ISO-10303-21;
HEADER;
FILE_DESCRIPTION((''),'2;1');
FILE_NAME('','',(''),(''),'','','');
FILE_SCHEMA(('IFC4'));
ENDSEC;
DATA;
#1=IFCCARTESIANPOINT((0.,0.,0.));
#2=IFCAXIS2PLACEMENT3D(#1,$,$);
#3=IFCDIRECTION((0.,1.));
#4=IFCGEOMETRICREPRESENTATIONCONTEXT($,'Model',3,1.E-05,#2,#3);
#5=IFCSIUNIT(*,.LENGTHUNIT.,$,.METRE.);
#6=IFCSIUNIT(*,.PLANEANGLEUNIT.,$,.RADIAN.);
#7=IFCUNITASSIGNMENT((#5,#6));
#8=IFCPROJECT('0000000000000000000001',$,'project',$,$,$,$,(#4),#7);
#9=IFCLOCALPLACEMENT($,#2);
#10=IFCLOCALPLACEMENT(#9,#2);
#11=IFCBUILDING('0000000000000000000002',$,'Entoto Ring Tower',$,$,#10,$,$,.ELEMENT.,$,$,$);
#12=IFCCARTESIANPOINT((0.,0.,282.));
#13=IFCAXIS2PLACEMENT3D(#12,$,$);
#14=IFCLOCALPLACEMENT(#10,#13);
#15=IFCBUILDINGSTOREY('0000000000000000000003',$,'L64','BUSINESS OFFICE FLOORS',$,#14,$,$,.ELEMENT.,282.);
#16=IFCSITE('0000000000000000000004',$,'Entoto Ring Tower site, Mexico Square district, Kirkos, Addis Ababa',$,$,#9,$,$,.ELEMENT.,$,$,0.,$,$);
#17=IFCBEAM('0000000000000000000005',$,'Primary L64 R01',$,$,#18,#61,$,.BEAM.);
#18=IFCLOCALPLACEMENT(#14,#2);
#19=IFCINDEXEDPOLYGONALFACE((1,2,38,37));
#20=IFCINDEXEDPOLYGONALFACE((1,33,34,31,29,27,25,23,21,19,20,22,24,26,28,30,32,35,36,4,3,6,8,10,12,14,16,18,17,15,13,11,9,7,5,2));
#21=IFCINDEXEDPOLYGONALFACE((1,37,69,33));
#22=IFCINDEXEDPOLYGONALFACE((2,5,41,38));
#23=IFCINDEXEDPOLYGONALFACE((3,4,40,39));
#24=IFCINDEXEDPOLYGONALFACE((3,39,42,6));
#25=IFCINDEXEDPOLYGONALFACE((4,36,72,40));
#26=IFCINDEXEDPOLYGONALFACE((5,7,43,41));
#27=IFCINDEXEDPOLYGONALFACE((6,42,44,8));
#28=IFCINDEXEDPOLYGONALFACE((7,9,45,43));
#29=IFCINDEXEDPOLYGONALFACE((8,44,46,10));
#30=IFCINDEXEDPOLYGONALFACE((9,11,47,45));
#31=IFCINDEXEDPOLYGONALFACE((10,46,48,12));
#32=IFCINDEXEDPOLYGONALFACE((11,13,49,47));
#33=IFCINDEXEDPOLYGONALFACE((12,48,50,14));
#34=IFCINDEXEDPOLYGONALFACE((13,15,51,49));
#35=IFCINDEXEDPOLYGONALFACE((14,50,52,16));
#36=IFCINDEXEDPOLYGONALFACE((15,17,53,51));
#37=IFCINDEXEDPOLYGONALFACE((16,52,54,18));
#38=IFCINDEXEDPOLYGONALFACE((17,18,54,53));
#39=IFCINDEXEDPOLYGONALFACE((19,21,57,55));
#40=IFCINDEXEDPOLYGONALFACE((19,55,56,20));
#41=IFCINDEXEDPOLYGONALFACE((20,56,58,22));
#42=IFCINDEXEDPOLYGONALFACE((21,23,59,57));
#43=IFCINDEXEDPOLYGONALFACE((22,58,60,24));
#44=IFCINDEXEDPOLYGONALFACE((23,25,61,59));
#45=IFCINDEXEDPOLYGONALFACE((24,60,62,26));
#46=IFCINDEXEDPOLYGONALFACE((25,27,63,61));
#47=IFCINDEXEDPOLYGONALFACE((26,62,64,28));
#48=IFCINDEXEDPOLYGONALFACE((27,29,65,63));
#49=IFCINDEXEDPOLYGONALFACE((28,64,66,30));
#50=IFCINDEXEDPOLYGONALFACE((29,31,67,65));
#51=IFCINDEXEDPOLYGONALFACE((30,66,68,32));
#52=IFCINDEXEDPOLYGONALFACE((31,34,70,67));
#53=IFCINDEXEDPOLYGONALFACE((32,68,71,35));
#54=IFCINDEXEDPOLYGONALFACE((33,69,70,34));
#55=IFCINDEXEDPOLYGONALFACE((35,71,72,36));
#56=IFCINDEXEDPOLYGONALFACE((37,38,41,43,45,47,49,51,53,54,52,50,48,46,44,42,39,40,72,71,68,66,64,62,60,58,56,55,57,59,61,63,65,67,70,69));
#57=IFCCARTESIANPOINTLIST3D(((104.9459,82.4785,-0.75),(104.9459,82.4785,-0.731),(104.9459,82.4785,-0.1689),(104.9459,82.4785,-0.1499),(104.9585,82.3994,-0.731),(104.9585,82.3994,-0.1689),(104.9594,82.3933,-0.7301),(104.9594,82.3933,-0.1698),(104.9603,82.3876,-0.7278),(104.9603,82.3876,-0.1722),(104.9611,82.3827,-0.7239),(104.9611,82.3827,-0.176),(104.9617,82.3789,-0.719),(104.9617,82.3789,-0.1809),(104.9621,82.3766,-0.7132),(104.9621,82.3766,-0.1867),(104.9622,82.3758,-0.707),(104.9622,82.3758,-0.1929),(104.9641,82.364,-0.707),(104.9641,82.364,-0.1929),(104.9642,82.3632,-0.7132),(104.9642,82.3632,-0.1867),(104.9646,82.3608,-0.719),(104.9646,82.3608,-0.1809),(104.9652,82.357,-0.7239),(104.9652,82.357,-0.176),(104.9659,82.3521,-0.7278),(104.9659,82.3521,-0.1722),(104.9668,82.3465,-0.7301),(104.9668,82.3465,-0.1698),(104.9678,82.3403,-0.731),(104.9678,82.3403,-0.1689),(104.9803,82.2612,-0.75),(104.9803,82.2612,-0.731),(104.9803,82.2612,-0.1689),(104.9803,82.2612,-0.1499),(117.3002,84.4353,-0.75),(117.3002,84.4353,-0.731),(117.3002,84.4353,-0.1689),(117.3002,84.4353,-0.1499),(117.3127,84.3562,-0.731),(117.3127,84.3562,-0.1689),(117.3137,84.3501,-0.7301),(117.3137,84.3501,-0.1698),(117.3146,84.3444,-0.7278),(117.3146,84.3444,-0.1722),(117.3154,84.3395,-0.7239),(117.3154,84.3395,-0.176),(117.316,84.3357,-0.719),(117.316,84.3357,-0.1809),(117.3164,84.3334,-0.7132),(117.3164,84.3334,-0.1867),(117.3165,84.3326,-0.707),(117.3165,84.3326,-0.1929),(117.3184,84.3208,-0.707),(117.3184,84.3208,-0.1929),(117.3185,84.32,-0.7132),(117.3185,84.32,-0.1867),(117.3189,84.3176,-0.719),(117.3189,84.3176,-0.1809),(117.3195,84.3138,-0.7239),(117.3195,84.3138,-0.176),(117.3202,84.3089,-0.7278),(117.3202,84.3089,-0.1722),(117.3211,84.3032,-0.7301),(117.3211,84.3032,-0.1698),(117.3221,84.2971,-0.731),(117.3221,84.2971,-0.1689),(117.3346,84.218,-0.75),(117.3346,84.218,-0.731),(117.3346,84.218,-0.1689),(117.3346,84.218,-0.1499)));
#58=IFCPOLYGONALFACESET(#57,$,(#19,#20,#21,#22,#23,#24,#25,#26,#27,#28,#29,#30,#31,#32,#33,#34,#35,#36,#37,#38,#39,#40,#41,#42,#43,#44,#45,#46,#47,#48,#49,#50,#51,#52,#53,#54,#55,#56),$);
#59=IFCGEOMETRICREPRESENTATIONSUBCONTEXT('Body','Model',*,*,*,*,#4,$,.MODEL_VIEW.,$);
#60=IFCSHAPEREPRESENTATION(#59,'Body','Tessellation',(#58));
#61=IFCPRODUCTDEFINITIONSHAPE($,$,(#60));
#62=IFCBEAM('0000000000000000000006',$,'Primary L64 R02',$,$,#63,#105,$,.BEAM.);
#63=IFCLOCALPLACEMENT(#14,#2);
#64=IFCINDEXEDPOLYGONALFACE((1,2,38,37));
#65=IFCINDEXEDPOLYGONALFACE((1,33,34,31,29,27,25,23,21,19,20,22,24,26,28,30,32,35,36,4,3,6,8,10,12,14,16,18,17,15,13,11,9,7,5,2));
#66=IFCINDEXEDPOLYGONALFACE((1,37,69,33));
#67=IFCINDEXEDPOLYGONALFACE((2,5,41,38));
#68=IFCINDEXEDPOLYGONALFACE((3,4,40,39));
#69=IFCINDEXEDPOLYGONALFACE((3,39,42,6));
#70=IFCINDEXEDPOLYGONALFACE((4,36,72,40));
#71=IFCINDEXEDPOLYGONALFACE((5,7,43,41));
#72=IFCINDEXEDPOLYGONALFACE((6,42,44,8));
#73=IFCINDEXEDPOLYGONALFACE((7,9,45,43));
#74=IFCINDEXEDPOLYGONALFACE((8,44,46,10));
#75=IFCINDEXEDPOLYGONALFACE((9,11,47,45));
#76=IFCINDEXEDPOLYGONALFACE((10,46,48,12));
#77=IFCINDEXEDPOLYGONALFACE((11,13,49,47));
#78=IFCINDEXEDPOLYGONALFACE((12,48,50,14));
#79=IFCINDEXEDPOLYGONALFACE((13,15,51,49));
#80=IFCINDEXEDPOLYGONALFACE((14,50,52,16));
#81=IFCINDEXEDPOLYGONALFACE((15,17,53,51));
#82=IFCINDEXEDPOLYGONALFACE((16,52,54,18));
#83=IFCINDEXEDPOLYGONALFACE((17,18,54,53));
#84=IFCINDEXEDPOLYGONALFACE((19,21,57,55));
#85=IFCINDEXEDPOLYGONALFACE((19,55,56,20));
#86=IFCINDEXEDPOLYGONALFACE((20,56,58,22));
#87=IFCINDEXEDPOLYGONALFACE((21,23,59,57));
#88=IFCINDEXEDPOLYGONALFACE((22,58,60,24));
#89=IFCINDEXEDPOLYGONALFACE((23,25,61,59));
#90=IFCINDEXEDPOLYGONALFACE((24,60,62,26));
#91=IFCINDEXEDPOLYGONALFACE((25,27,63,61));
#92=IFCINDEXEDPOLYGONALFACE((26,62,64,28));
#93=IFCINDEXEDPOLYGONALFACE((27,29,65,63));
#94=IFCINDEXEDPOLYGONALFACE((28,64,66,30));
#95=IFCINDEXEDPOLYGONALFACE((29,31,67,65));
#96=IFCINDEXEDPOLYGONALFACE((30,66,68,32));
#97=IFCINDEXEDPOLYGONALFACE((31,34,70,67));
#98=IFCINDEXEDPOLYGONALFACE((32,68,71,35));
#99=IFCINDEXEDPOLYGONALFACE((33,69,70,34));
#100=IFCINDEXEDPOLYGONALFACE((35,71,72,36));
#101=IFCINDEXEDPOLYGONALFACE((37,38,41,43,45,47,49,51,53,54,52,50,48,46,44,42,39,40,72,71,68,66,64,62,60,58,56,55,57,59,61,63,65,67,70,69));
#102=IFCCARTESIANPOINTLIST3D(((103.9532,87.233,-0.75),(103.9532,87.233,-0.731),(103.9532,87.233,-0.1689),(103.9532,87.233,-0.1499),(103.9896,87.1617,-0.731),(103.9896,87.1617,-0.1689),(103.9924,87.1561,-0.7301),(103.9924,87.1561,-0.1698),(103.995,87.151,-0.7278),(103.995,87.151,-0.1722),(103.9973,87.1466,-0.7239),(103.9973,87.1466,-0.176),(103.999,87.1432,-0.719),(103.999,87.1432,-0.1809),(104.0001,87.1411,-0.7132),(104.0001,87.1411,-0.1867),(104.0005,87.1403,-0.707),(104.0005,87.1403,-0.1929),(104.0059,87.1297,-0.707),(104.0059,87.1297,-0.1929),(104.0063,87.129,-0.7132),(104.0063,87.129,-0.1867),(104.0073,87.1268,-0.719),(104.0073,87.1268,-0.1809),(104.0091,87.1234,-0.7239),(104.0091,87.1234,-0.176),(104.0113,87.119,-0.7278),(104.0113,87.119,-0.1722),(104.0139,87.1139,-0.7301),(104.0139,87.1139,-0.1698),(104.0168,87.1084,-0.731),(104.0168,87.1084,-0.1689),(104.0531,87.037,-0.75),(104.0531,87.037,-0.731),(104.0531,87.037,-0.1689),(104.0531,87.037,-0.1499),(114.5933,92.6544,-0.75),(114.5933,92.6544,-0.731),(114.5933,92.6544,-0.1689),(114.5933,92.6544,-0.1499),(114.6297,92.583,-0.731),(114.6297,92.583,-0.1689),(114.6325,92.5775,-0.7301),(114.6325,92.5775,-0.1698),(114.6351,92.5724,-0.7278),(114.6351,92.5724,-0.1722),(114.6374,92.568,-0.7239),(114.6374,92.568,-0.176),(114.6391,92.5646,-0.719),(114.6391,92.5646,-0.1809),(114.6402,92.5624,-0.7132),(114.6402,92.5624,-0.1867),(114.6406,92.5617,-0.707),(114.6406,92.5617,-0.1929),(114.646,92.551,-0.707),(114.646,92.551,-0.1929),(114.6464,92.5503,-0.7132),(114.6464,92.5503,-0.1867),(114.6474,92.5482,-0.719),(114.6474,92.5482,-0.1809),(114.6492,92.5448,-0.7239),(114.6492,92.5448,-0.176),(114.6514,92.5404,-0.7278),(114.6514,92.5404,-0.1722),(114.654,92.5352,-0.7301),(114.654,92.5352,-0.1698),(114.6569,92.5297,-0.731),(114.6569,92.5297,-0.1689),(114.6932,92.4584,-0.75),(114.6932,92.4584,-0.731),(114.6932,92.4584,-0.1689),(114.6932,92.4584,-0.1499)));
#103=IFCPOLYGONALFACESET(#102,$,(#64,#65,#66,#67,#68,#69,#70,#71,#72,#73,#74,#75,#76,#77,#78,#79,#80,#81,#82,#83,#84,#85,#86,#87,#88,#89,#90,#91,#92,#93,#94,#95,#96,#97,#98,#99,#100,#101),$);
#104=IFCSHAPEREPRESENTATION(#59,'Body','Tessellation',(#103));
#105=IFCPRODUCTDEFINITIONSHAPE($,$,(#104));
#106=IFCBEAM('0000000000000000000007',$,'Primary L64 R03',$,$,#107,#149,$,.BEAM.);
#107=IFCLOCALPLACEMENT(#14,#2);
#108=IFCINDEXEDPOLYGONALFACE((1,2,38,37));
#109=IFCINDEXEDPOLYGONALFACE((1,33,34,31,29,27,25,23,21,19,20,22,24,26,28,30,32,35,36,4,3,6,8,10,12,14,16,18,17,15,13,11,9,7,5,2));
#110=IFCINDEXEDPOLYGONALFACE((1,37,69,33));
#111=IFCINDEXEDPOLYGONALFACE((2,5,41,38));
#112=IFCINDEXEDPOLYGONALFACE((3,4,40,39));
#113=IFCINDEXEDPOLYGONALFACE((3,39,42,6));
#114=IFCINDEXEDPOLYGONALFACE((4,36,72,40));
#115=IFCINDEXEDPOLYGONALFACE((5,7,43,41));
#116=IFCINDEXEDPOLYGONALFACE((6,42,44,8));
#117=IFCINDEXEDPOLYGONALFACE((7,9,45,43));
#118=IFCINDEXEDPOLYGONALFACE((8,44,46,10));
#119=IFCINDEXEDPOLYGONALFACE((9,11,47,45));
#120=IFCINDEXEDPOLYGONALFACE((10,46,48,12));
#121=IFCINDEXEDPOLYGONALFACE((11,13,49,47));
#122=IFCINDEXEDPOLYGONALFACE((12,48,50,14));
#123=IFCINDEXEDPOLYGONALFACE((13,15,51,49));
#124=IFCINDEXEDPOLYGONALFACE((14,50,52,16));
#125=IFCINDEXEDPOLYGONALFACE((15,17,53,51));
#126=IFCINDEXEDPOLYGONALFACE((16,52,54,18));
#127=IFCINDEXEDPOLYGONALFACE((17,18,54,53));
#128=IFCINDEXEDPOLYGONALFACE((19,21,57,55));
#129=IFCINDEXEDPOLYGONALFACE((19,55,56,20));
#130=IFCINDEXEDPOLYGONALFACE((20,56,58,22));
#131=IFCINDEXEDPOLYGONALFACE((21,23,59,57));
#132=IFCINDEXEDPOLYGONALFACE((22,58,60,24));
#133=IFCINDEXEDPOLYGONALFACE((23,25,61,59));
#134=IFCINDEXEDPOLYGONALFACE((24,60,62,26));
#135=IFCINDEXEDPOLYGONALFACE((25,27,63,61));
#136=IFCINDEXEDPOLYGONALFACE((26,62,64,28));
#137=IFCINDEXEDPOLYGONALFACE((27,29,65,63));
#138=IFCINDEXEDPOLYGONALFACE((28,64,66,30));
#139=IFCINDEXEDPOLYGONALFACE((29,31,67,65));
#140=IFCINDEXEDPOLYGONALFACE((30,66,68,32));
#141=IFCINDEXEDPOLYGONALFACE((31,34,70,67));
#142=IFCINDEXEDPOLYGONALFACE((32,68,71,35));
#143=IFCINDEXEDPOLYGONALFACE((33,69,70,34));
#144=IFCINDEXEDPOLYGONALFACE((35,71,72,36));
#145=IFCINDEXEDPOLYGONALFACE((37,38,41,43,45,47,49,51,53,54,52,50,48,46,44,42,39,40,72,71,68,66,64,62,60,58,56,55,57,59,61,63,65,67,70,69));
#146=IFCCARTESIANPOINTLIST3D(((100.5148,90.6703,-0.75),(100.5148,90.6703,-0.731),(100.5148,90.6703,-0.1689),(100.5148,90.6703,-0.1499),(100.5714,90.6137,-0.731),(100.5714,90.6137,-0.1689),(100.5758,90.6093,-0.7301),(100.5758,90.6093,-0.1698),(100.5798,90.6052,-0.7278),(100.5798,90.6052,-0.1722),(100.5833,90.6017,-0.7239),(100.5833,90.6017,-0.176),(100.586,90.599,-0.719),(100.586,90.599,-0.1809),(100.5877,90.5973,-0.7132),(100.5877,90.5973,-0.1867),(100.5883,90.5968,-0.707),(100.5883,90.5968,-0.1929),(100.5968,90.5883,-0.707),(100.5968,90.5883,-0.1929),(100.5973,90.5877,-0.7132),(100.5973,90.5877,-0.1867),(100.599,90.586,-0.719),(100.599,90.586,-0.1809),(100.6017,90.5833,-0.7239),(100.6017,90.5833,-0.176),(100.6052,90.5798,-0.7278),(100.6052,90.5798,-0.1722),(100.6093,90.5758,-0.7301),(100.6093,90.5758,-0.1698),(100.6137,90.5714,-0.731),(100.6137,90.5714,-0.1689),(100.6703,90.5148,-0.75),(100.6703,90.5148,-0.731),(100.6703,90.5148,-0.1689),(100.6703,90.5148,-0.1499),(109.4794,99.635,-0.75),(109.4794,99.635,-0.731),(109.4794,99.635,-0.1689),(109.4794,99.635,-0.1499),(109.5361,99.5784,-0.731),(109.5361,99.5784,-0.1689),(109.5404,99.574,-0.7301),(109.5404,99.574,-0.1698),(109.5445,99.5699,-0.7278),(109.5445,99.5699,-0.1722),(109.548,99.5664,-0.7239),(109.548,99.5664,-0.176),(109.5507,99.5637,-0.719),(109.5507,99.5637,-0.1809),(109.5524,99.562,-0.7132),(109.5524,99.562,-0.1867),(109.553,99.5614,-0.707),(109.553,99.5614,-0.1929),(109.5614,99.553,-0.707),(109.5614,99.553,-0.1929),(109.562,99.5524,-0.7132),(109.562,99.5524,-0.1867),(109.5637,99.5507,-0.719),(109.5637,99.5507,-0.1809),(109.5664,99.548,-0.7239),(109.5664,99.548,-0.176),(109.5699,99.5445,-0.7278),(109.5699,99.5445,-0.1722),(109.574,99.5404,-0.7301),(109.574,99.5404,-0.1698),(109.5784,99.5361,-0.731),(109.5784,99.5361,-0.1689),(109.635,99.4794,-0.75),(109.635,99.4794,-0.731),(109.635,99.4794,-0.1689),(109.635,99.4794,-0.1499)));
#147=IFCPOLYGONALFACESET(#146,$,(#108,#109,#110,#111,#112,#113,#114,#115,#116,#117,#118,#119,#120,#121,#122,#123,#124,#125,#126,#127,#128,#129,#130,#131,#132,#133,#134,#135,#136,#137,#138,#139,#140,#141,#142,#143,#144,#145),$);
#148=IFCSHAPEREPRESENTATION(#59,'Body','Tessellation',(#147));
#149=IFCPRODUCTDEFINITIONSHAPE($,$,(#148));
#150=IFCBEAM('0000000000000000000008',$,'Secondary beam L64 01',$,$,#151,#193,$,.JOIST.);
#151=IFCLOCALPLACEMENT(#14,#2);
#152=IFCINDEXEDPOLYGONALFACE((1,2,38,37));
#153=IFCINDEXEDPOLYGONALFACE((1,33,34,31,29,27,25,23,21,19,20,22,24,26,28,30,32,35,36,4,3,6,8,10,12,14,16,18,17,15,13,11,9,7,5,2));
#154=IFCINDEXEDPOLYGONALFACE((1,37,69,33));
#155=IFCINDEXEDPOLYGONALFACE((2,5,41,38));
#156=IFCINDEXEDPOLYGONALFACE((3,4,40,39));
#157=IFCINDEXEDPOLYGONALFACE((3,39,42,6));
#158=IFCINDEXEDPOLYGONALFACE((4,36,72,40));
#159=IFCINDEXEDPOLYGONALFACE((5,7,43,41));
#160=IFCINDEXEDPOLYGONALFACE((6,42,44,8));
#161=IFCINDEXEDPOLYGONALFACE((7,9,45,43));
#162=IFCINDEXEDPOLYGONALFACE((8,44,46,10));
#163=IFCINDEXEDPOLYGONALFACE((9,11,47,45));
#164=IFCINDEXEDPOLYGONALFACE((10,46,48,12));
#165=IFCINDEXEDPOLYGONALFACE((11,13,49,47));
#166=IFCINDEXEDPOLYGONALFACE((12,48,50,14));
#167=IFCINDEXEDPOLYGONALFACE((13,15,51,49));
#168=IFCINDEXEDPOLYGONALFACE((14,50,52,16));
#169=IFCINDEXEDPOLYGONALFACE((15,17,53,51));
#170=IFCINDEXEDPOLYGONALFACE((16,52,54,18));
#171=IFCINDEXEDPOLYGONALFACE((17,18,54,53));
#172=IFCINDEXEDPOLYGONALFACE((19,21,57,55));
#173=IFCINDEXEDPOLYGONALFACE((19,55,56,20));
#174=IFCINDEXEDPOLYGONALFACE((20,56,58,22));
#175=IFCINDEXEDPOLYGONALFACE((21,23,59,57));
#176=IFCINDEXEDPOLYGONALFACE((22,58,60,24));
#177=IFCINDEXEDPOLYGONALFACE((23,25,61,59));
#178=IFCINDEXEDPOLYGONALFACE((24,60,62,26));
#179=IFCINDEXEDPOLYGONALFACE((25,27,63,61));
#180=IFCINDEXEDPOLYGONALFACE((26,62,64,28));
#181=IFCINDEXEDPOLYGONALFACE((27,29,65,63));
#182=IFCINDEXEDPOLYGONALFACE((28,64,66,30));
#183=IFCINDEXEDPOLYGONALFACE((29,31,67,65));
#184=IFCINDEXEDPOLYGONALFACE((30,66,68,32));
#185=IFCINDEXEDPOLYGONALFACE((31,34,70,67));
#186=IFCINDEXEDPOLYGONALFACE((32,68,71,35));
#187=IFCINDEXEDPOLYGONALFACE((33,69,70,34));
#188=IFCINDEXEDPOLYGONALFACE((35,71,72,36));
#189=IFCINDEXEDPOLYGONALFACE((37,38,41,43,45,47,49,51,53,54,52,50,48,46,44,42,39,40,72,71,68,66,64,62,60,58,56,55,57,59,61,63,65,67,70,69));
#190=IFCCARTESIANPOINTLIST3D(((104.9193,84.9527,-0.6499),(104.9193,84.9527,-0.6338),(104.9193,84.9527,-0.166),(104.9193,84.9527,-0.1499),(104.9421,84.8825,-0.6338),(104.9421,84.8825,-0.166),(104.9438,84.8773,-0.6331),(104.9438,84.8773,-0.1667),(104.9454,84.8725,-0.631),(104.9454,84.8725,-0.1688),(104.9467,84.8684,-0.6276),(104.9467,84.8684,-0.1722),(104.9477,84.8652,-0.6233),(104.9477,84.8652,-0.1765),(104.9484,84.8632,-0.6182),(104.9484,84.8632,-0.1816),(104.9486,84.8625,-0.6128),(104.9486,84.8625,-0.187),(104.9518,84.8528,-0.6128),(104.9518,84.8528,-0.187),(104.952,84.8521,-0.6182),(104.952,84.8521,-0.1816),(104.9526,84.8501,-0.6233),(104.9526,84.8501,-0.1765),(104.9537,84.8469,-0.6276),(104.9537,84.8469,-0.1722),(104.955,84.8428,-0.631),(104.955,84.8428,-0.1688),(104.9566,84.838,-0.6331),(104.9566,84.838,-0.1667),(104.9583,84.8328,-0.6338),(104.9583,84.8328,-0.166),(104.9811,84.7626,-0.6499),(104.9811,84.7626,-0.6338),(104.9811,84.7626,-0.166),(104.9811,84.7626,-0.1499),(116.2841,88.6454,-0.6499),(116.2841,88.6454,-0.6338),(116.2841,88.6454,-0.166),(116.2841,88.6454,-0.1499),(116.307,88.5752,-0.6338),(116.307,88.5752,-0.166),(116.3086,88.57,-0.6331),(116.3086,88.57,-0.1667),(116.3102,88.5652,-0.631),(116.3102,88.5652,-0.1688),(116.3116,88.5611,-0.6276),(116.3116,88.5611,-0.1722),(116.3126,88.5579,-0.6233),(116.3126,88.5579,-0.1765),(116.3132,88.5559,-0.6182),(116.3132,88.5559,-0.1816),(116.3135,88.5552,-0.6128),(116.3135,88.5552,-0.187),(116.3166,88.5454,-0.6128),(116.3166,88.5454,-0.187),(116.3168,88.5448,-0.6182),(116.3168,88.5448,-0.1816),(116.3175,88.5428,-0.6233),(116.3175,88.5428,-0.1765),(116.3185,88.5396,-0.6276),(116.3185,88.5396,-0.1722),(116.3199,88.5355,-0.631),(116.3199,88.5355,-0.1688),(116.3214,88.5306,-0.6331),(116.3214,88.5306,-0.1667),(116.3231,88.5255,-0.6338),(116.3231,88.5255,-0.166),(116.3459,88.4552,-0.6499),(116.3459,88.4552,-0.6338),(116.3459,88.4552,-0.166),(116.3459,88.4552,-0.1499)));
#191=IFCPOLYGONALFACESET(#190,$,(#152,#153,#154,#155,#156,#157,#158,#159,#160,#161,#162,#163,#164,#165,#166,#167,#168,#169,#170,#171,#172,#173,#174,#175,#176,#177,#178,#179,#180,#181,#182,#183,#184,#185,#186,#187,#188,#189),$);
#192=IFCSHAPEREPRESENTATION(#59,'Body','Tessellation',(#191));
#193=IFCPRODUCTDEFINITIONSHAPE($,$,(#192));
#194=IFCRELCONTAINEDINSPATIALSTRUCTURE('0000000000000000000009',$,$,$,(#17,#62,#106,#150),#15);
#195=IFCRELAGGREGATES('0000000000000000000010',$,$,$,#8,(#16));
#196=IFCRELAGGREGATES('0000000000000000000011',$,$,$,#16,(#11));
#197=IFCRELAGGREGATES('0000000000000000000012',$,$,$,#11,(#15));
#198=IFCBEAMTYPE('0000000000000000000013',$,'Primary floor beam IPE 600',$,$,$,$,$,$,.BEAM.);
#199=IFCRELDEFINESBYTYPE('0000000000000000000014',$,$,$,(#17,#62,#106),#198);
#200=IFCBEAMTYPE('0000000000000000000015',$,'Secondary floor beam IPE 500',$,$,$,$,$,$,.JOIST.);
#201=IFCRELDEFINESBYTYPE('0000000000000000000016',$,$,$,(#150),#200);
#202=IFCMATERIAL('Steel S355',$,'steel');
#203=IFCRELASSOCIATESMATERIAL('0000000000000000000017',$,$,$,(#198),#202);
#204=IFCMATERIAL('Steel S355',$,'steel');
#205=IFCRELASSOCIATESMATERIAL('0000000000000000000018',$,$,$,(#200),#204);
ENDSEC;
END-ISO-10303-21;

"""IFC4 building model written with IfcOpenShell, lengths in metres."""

from ifc_helpers import new_model, si_unit, direction, frame, origin, origin_2d, place, context, subcontext, project, spatial, i_section, extrude, material, material_profile, profile_set, type_object, element, save


model = new_model("IFC4")

# Units and contexts
model_context = context("Model", 3, precision=1e-05, world=origin(), true_north=direction((0.0, 1.0)))
body_context = subcontext(model_context, "Body", "Model", "MODEL_VIEW")
ifc_project = project(units=[si_unit("LENGTHUNIT", "METRE"), si_unit("PLANEANGLEUNIT", "RADIAN")], contexts=[model_context])

# Site, building, storey
site_placement = place(None, origin())
site = spatial("IfcSite", under=ifc_project, at=site_placement, Name="Entoto Ring Tower site, Mexico Square district, Kirkos, Addis Ababa", CompositionType="ELEMENT", RefElevation=0.0)
building_placement = place(site_placement, origin())
building = spatial("IfcBuilding", under=site, at=building_placement, Name="Entoto Ring Tower", CompositionType="ELEMENT")
storey_placement = place(building_placement, frame((0.0, 0.0, 282.0)))
storey = spatial("IfcBuildingStorey", under=building, at=storey_placement, Name="L64", Description="BUSINESS OFFICE FLOORS", CompositionType="ELEMENT", Elevation=282.0)

# Beams
ifc_material_1 = material(Name="Steel S355", Category="steel")
ifc_material_profile_1 = material_profile(ifc_material_1, i_section(OverallWidth=0.22, OverallDepth=0.6001, WebThickness=0.012, FlangeThickness=0.019, FilletRadius=0.0239, at=origin_2d()), Name="IPE 600")
ifc_profile_set_1 = profile_set([ifc_material_profile_1], Name="Steel S355")
beam_type_1 = type_object("IfcBeamType", Name="Primary floor beam IPE 600", PredefinedType="BEAM", material=ifc_profile_set_1)
beam_1_placement = place(storey_placement, frame((104.9631, 82.3699, -0.45), z_axis=(0.987688, 0.15644, 0.0), x_axis=(-0.15644, 0.987688, 0.0)))
element("IfcBeam", 1, at=beam_1_placement, inside=storey, type_object=beam_type_1, Name="Primary L64 R01", PredefinedType="BEAM", context=body_context, shape_type="SweptSolid", body=[
    extrude(i_section(OverallWidth=0.22, OverallDepth=0.6001, WebThickness=0.012, FlangeThickness=0.019, FilletRadius=0.0239, at=origin_2d()), origin(), (0.0, 0.0, 1.0), 12.5083),
])
beam_2_placement = place(storey_placement, frame((104.0032, 87.135, -0.45), z_axis=(0.891008, 0.453988, 0.0), x_axis=(-0.453988, 0.891008, 0.0)))
element("IfcBeam", 2, at=beam_2_placement, inside=storey, type_object=beam_type_1, Name="Primary L64 R02", PredefinedType="BEAM", context=body_context, shape_type="SweptSolid", body=[
    extrude(i_section(OverallWidth=0.22, OverallDepth=0.6001, WebThickness=0.012, FlangeThickness=0.019, FilletRadius=0.0239, at=origin_2d()), origin(), (0.0, 0.0, 1.0), 11.9417),
])
beam_3_placement = place(storey_placement, frame((100.5925, 90.5925, -0.45), z_axis=(0.707107, 0.707107, 0.0), x_axis=(-0.707107, 0.707107, 0.0)))
element("IfcBeam", 3, at=beam_3_placement, inside=storey, type_object=beam_type_1, Name="Primary L64 R03", PredefinedType="BEAM", context=body_context, shape_type="SweptSolid", body=[
    extrude(i_section(OverallWidth=0.22, OverallDepth=0.6001, WebThickness=0.012, FlangeThickness=0.019, FilletRadius=0.0239, at=origin_2d()), origin(), (0.0, 0.0, 1.0), 12.678),
])
ifc_material_2 = material(Name="Steel S355", Category="steel")
ifc_material_profile_2 = material_profile(ifc_material_2, i_section(OverallWidth=0.2, OverallDepth=0.5, WebThickness=0.0103, FlangeThickness=0.0161, FilletRadius=0.021, at=origin_2d()), Name="IPE 500")
ifc_profile_set_2 = profile_set([ifc_material_profile_2], Name="Steel S355")
beam_type_2 = type_object("IfcBeamType", Name="Secondary floor beam IPE 500", PredefinedType="JOIST", material=ifc_profile_set_2)
beam_4_placement = place(storey_placement, frame((104.9502, 84.8577, -0.3999), z_axis=(0.951057, 0.309017, 0.0), x_axis=(-0.309017, 0.951057, 0.0)))
element("IfcBeam", 4, at=beam_4_placement, inside=storey, type_object=beam_type_2, Name="Secondary beam L64 01", PredefinedType="JOIST", context=body_context, shape_type="SweptSolid", body=[
    extrude(i_section(OverallWidth=0.2, OverallDepth=0.5, WebThickness=0.0103, FlangeThickness=0.0161, FilletRadius=0.021, at=origin_2d()), origin(), (0.0, 0.0, 1.0), 11.9497),
])

save(model, "model.ifc")
